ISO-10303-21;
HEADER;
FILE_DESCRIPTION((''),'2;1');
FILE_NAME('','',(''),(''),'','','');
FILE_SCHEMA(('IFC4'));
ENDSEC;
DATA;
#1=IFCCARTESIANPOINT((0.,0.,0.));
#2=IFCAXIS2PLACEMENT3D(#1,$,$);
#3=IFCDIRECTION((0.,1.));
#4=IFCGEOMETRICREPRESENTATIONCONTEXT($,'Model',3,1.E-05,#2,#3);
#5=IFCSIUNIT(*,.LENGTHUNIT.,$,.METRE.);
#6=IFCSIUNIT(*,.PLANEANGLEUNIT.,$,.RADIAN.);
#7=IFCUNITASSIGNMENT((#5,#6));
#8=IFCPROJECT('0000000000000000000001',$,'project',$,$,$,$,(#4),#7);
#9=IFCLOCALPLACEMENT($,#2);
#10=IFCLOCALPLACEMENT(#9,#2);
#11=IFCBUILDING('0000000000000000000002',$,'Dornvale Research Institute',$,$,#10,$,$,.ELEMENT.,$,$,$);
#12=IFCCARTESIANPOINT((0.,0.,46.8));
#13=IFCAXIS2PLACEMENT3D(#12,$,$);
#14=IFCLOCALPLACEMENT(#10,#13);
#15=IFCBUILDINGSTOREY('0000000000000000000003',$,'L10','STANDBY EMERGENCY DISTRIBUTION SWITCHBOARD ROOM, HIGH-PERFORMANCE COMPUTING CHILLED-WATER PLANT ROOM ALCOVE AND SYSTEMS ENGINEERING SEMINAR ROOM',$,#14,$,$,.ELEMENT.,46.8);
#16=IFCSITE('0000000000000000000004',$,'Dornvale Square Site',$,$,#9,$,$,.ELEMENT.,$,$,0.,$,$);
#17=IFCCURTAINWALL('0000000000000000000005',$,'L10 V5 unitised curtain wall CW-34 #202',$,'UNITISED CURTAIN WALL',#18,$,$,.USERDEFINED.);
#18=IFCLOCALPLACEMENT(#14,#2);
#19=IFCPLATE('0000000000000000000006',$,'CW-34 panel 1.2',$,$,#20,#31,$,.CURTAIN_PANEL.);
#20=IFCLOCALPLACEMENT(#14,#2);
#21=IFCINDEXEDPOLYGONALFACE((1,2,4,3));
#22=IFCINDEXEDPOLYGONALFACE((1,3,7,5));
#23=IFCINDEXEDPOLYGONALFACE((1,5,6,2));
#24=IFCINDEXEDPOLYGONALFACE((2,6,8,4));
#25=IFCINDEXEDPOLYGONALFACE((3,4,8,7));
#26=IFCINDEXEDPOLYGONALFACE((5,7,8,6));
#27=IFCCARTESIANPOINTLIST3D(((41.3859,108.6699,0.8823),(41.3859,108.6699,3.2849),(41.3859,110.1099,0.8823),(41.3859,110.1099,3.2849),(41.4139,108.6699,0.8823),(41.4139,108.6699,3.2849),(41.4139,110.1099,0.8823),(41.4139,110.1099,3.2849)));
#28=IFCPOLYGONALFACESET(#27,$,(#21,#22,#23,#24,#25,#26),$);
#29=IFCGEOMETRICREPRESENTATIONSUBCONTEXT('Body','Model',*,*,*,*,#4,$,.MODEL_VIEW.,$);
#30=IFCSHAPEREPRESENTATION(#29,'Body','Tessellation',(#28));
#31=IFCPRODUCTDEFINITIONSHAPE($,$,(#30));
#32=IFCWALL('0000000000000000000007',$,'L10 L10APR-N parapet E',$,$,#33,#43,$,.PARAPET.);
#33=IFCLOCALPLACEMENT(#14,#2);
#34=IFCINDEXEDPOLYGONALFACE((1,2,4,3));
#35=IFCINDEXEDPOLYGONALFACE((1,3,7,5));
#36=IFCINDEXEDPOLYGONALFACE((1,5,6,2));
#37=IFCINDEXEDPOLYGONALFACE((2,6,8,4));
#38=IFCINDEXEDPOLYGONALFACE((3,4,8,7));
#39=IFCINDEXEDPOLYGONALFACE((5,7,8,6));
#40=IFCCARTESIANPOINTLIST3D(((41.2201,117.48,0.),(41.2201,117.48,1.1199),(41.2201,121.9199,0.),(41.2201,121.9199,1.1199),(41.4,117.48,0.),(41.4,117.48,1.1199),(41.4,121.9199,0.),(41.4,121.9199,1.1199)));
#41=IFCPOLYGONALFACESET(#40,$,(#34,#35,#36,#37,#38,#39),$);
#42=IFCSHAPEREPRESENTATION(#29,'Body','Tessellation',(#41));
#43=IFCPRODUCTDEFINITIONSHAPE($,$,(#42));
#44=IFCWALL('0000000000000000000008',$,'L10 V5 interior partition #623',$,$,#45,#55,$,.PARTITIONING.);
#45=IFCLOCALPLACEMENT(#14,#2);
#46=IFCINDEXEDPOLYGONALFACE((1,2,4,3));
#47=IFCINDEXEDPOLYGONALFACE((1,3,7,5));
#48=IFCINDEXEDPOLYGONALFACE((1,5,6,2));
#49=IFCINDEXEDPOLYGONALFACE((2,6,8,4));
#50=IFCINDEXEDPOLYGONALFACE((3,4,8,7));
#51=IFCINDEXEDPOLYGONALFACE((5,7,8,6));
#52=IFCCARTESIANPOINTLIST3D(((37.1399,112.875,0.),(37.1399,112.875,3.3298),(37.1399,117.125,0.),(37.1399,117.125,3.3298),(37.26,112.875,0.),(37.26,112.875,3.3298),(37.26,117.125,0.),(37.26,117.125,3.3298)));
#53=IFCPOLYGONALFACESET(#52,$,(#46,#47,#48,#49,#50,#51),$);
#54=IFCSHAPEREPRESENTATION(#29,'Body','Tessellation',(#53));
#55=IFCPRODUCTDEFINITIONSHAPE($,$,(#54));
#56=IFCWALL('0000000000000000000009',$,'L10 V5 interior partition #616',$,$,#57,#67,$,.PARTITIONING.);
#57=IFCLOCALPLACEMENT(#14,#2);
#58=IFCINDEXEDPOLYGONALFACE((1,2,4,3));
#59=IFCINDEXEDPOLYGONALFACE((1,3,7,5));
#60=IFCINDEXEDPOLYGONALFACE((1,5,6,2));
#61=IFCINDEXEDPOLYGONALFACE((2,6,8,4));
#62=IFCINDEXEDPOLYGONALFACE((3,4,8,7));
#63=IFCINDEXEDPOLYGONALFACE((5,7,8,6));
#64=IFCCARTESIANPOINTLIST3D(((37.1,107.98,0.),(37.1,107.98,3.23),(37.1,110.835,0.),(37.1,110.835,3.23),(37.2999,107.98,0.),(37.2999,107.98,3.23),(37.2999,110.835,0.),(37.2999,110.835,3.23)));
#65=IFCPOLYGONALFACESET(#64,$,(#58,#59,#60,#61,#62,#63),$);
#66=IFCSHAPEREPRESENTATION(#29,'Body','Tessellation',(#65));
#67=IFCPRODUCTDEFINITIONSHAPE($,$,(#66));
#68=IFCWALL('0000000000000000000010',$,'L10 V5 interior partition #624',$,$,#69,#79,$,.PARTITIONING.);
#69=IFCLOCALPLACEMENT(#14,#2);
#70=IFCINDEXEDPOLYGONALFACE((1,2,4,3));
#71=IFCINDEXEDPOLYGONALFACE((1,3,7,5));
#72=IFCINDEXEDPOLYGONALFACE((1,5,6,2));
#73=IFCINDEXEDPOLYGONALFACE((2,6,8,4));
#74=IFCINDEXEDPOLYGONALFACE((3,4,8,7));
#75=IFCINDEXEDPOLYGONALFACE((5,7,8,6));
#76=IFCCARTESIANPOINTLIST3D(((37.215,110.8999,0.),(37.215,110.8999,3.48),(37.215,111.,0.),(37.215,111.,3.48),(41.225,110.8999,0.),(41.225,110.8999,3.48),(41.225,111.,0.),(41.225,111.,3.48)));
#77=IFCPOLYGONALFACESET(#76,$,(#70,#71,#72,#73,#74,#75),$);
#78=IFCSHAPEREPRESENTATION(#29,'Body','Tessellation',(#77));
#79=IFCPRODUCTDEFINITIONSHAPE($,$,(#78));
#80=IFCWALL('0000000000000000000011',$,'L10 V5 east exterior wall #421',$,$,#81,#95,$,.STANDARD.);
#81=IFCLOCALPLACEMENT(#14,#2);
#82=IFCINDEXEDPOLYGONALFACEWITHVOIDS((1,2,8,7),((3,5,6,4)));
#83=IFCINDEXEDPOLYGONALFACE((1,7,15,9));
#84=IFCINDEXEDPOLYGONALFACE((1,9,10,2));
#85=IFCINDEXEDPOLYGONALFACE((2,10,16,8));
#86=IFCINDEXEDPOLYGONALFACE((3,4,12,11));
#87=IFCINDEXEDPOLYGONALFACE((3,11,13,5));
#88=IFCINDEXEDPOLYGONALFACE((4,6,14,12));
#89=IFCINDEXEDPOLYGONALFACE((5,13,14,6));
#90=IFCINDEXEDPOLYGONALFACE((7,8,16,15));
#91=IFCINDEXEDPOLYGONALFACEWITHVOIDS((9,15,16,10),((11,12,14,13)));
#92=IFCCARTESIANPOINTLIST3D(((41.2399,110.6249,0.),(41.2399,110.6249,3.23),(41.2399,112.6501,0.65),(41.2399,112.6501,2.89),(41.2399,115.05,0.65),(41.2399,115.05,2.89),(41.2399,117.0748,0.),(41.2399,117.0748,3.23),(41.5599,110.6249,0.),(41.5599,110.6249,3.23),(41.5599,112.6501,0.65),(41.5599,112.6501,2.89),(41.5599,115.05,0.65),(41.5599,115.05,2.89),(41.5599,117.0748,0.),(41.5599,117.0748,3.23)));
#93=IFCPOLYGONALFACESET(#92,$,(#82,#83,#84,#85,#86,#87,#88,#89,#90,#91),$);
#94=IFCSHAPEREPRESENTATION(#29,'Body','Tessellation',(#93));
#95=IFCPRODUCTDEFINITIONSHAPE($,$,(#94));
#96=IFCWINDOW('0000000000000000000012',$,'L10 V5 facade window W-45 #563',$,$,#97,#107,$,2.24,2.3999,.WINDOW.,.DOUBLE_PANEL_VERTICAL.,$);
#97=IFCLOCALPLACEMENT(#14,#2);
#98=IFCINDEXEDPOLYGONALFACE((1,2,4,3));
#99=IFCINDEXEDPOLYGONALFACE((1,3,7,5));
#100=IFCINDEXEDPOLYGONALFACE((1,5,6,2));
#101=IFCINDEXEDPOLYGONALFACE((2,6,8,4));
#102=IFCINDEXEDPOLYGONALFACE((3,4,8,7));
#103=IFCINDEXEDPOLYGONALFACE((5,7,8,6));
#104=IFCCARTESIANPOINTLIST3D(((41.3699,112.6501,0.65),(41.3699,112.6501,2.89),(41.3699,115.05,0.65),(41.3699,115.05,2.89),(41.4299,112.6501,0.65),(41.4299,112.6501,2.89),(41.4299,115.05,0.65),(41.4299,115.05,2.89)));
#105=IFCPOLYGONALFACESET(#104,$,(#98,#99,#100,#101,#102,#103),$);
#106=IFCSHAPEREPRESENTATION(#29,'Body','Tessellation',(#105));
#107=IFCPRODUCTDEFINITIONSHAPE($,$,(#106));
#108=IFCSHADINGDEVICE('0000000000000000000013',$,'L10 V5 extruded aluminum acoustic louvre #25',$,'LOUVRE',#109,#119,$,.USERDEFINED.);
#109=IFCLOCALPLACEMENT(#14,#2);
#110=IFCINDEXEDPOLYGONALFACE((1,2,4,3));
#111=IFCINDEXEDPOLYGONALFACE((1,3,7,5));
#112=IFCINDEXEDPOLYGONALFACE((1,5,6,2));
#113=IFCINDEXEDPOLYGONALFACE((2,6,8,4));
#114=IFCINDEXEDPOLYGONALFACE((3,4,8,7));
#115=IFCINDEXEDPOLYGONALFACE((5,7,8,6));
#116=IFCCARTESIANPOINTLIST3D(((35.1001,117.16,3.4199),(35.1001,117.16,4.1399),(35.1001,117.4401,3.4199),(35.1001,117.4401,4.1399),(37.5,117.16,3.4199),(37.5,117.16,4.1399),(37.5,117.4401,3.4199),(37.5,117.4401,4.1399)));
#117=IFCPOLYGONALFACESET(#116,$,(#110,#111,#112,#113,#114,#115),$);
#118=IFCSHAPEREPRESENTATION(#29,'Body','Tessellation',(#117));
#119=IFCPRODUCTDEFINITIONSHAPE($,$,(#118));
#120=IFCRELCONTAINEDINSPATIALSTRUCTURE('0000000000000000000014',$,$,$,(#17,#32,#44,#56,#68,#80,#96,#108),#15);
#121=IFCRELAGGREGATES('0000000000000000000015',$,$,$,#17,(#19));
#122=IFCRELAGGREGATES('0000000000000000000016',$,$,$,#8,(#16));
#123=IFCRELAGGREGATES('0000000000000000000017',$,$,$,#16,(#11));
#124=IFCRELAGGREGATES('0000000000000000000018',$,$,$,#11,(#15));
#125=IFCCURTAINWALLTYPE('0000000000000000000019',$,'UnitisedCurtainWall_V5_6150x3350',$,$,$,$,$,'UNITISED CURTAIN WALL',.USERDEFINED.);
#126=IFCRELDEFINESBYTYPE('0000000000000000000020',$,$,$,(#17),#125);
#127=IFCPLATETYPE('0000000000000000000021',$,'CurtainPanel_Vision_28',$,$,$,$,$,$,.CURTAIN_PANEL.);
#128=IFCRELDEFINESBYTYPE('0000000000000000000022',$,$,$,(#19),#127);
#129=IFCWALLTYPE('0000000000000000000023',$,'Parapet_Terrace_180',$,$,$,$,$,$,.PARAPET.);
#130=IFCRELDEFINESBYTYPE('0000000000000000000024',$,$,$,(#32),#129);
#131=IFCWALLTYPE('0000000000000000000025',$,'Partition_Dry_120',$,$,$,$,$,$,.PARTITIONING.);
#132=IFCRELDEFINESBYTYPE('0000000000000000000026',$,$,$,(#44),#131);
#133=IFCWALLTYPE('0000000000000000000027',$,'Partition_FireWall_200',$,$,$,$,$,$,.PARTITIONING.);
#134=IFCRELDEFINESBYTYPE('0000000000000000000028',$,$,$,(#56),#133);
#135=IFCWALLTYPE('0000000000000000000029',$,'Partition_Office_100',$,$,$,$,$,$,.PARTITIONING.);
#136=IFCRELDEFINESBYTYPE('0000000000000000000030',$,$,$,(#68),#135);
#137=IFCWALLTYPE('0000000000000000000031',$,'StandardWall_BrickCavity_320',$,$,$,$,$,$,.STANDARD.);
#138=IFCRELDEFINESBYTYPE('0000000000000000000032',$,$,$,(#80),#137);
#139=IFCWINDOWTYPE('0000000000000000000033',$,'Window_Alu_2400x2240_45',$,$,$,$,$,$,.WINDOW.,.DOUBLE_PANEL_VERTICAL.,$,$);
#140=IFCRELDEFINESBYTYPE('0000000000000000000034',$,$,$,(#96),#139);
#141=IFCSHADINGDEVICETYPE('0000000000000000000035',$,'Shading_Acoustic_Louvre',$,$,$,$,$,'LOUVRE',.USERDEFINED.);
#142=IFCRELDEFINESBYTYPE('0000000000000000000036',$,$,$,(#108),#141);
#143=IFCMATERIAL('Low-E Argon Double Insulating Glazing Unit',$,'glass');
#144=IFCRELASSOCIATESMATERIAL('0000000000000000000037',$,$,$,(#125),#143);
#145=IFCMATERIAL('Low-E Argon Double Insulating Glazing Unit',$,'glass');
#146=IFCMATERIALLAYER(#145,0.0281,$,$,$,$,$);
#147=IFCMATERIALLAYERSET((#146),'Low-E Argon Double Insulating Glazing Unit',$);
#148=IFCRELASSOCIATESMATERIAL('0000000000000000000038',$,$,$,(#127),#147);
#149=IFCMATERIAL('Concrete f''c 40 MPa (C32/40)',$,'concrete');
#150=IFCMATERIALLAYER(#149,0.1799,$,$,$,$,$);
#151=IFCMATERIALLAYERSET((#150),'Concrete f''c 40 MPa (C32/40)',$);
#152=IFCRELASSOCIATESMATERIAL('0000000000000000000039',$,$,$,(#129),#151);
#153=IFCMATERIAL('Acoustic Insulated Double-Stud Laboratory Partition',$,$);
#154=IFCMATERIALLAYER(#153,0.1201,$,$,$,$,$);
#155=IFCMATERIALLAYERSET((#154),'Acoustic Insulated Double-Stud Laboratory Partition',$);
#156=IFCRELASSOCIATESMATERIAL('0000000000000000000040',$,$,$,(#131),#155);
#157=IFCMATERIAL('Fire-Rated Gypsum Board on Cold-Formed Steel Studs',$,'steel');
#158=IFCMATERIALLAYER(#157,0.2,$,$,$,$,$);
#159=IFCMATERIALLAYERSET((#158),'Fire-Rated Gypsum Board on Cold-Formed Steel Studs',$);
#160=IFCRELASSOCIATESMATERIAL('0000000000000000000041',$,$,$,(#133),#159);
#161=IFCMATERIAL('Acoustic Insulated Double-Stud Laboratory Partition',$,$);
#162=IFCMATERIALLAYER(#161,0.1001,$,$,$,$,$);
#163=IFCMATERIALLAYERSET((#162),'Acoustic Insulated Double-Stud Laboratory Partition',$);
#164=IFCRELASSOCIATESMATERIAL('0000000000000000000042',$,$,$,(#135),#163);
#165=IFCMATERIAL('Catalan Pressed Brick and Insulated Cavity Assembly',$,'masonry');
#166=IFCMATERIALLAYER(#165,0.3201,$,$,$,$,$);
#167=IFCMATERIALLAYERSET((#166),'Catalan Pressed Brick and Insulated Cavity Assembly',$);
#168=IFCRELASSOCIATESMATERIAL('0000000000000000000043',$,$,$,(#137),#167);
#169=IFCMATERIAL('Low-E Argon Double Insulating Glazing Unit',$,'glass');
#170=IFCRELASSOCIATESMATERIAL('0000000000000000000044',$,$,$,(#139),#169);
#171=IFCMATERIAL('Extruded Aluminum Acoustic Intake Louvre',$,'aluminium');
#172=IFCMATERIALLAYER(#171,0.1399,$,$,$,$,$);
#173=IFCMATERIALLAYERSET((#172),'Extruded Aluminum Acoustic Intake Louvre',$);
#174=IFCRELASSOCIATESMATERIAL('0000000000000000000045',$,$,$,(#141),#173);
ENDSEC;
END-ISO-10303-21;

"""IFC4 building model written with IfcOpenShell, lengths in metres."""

from ifc_helpers import new_model, si_unit, direction, frame, frame_2d, origin, origin_2d, place, context, subcontext, project, spatial, rectangle, extrude, material, layer, layer_set, type_object, element, fill, aggregate, save


model = new_model("IFC4")

# Units and contexts
model_context = context("Model", 3, precision=1e-05, world=origin(), true_north=direction((0.0, 1.0)))
body_context = subcontext(model_context, "Body", "Model", "MODEL_VIEW")
ifc_project = project(units=[si_unit("LENGTHUNIT", "METRE"), si_unit("PLANEANGLEUNIT", "RADIAN")], contexts=[model_context])

# Site, building, storey
site_placement = place(None, origin())
site = spatial("IfcSite", under=ifc_project, at=site_placement, Name="Dornvale Square Site", CompositionType="ELEMENT", RefElevation=0.0)
building_placement = place(site_placement, origin())
building = spatial("IfcBuilding", under=site, at=building_placement, Name="Dornvale Research Institute", CompositionType="ELEMENT")
storey_placement = place(building_placement, frame((0.0, 0.0, 46.8)))
storey = spatial("IfcBuildingStorey", under=building, at=storey_placement, Name="L10", Description="STANDBY EMERGENCY DISTRIBUTION SWITCHBOARD ROOM, HIGH-PERFORMANCE COMPUTING CHILLED-WATER PLANT ROOM ALCOVE AND SYSTEMS ENGINEERING SEMINAR ROOM", CompositionType="ELEMENT", Elevation=46.8)

# Curtain wall
ifc_material_1 = material(Name="Low-E Argon Double Insulating Glazing Unit", Category="glass")
curtain_wall_type = type_object("IfcCurtainWallType", Name="UnitisedCurtainWall_V5_6150x3350", ElementType="UNITISED CURTAIN WALL", PredefinedType="USERDEFINED", material=ifc_material_1)
curtain_wall_placement = place(storey_placement, origin())
curtain_wall = element("IfcCurtainWall", 1, at=curtain_wall_placement, inside=storey, type_object=curtain_wall_type, Name="L10 V5 unitised curtain wall CW-34 #202", ObjectType="UNITISED CURTAIN WALL", PredefinedType="USERDEFINED")

# Plate
ifc_material_2 = material(Name="Low-E Argon Double Insulating Glazing Unit", Category="glass")
ifc_layer_1 = layer(ifc_material_2, 0.0281)
ifc_layer_set_1 = layer_set([ifc_layer_1], Name="Low-E Argon Double Insulating Glazing Unit")
plate_type_1 = type_object("IfcPlateType", Name="CurtainPanel_Vision_28", PredefinedType="CURTAIN_PANEL", material=ifc_layer_set_1)
plate_1_placement = place(storey_placement, frame((41.3999, 109.3899, 0.8823), z_axis=(0.0, 0.0, 1.0), x_axis=(0.0, -1.0, 0.0)))
plate_1 = element("IfcPlate", 2, at=plate_1_placement, type_object=plate_type_1, Name="CW-34 panel 1.2", PredefinedType="CURTAIN_PANEL", context=body_context, shape_type="SweptSolid", body=[
    extrude(rectangle(XDim=1.4399, YDim=0.0281, at=origin_2d()), origin(), (0.0, 0.0, 1.0), 2.4026),
])
aggregate(curtain_wall, [plate_1])

# Walls
ifc_material_3 = material(Name="Concrete f'c 40 MPa (C32/40)", Category="concrete")
ifc_layer_2 = layer(ifc_material_3, 0.1799)
ifc_layer_set_2 = layer_set([ifc_layer_2], Name="Concrete f'c 40 MPa (C32/40)")
wall_type_1 = type_object("IfcWallType", Name="Parapet_Terrace_180", PredefinedType="PARAPET", material=ifc_layer_set_2)
wall_1_placement = place(storey_placement, frame((41.3101, 117.48, 0.0), z_axis=(0.0, 0.0, 1.0), x_axis=(0.0, 1.0, 0.0)))
element("IfcWall", 3, at=wall_1_placement, inside=storey, type_object=wall_type_1, Name="L10 L10APR-N parapet E", PredefinedType="PARAPET", context=body_context, shape_type="SweptSolid", body=[
    extrude(rectangle(XDim=4.4399, YDim=0.1799, at=frame_2d((2.22, 0.0))), origin(), (0.0, 0.0, 1.0), 1.1199),
])
ifc_material_4 = material(Name="Acoustic Insulated Double-Stud Laboratory Partition")
ifc_layer_3 = layer(ifc_material_4, 0.1201)
ifc_layer_set_3 = layer_set([ifc_layer_3], Name="Acoustic Insulated Double-Stud Laboratory Partition")
wall_type_2 = type_object("IfcWallType", Name="Partition_Dry_120", PredefinedType="PARTITIONING", material=ifc_layer_set_3)
wall_2_placement = place(storey_placement, frame((37.2, 112.875, 0.0), z_axis=(0.0, 0.0, 1.0), x_axis=(0.0, 1.0, 0.0)))
element("IfcWall", 4, at=wall_2_placement, inside=storey, type_object=wall_type_2, Name="L10 V5 interior partition #623", PredefinedType="PARTITIONING", context=body_context, shape_type="SweptSolid", body=[
    extrude(rectangle(XDim=4.25, YDim=0.1201, at=frame_2d((2.125, 0.0))), origin(), (0.0, 0.0, 1.0), 3.3298),
])
ifc_material_5 = material(Name="Fire-Rated Gypsum Board on Cold-Formed Steel Studs", Category="steel")
ifc_layer_4 = layer(ifc_material_5, 0.2)
ifc_layer_set_4 = layer_set([ifc_layer_4], Name="Fire-Rated Gypsum Board on Cold-Formed Steel Studs")
wall_type_3 = type_object("IfcWallType", Name="Partition_FireWall_200", PredefinedType="PARTITIONING", material=ifc_layer_set_4)
wall_3_placement = place(storey_placement, frame((37.2, 107.98, 0.0), z_axis=(0.0, 0.0, 1.0), x_axis=(0.0, 1.0, 0.0)))
element("IfcWall", 5, at=wall_3_placement, inside=storey, type_object=wall_type_3, Name="L10 V5 interior partition #616", PredefinedType="PARTITIONING", context=body_context, shape_type="SweptSolid", body=[
    extrude(rectangle(XDim=2.855, YDim=0.2, at=frame_2d((1.4275, 0.0))), origin(), (0.0, 0.0, 1.0), 3.23),
])
ifc_material_6 = material(Name="Acoustic Insulated Double-Stud Laboratory Partition")
ifc_layer_5 = layer(ifc_material_6, 0.1001)
ifc_layer_set_5 = layer_set([ifc_layer_5], Name="Acoustic Insulated Double-Stud Laboratory Partition")
wall_type_4 = type_object("IfcWallType", Name="Partition_Office_100", PredefinedType="PARTITIONING", material=ifc_layer_set_5)
wall_4_placement = place(storey_placement, frame((37.2151, 110.95, 0.0), z_axis=(0.0, 0.0, 1.0), x_axis=(1.0, 0.0, 0.0)))
element("IfcWall", 6, at=wall_4_placement, inside=storey, type_object=wall_type_4, Name="L10 V5 interior partition #624", PredefinedType="PARTITIONING", context=body_context, shape_type="SweptSolid", body=[
    extrude(rectangle(XDim=4.01, YDim=0.1001, at=frame_2d((2.0049, 0.0))), origin(), (0.0, 0.0, 1.0), 3.48),
])

# Wall, opening, window
ifc_material_7 = material(Name="Catalan Pressed Brick and Insulated Cavity Assembly", Category="masonry")
ifc_layer_6 = layer(ifc_material_7, 0.3201)
ifc_layer_set_6 = layer_set([ifc_layer_6], Name="Catalan Pressed Brick and Insulated Cavity Assembly")
wall_type_5 = type_object("IfcWallType", Name="StandardWall_BrickCavity_320", PredefinedType="STANDARD", material=ifc_layer_set_6)
wall_5_placement = place(storey_placement, frame((41.3999, 117.075, 0.0), z_axis=(0.0, 0.0, 1.0), x_axis=(0.0, -1.0, 0.0)))
wall_5 = element("IfcWall", 7, at=wall_5_placement, inside=storey, type_object=wall_type_5, Name="L10 V5 east exterior wall #421", PredefinedType="STANDARD", context=body_context, shape_type="SweptSolid", body=[
    extrude(rectangle(XDim=6.45, YDim=0.3201, at=frame_2d((3.2251, 0.0))), origin(), (0.0, 0.0, 1.0), 3.23),
])
opening_1_placement = place(wall_5_placement, frame((2.0249, 0.0, 0.6499)))
opening_1 = element("IfcOpeningElement", 8, at=opening_1_placement, cuts=wall_5, PredefinedType="OPENING", context=body_context, shape_type="SweptSolid", body=[
    extrude(rectangle(XDim=2.3999, YDim=2.24, at=frame_2d((1.2, 1.1201))), frame((0.0, 0.175, 0.0), z_axis=(0.0, -1.0, 0.0), x_axis=(1.0, 0.0, 0.0)), (0.0, 0.0, 1.0), 0.3501),
])
ifc_material_8 = material(Name="Low-E Argon Double Insulating Glazing Unit", Category="glass")
window_type = type_object("IfcWindowType", Name="Window_Alu_2400x2240_45", PartitioningType="DOUBLE_PANEL_VERTICAL", PredefinedType="WINDOW", material=ifc_material_8)
window_placement = place(opening_1_placement, origin())
window = element("IfcWindow", 9, at=window_placement, inside=storey, type_object=window_type, Name="L10 V5 facade window W-45 #563", OverallHeight=2.24, OverallWidth=2.3999, PartitioningType="DOUBLE_PANEL_VERTICAL", PredefinedType="WINDOW", context=body_context, shape_type="SweptSolid", body=[
    extrude(rectangle(XDim=2.3999, YDim=2.24, at=frame_2d((1.2, 1.1201))), frame((0.0, 0.03, 0.0), z_axis=(0.0, -1.0, 0.0), x_axis=(1.0, 0.0, 0.0)), (0.0, 0.0, 1.0), 0.0601),
])
fill(opening_1, window)

# Shading device
ifc_material_9 = material(Name="Extruded Aluminum Acoustic Intake Louvre", Category="aluminium")
ifc_layer_7 = layer(ifc_material_9, 0.1399)
ifc_layer_set_7 = layer_set([ifc_layer_7], Name="Extruded Aluminum Acoustic Intake Louvre")
shading_device_type = type_object("IfcShadingDeviceType", Name="Shading_Acoustic_Louvre", ElementType="LOUVRE", PredefinedType="USERDEFINED", material=ifc_layer_set_7)
shading_device_placement = place(storey_placement, frame((36.3, 117.3, 3.4199), z_axis=(0.0, 0.0, 1.0), x_axis=(1.0, 0.0, 0.0)))
element("IfcShadingDevice", 10, at=shading_device_placement, inside=storey, type_object=shading_device_type, Name="L10 V5 extruded aluminum acoustic louvre #25", ObjectType="LOUVRE", PredefinedType="USERDEFINED", context=body_context, shape_type="SweptSolid", body=[
    extrude(rectangle(XDim=2.3999, YDim=0.28, at=origin_2d()), origin(), (0.0, 0.0, 1.0), 0.72),
])

save(model, "model.ifc")
